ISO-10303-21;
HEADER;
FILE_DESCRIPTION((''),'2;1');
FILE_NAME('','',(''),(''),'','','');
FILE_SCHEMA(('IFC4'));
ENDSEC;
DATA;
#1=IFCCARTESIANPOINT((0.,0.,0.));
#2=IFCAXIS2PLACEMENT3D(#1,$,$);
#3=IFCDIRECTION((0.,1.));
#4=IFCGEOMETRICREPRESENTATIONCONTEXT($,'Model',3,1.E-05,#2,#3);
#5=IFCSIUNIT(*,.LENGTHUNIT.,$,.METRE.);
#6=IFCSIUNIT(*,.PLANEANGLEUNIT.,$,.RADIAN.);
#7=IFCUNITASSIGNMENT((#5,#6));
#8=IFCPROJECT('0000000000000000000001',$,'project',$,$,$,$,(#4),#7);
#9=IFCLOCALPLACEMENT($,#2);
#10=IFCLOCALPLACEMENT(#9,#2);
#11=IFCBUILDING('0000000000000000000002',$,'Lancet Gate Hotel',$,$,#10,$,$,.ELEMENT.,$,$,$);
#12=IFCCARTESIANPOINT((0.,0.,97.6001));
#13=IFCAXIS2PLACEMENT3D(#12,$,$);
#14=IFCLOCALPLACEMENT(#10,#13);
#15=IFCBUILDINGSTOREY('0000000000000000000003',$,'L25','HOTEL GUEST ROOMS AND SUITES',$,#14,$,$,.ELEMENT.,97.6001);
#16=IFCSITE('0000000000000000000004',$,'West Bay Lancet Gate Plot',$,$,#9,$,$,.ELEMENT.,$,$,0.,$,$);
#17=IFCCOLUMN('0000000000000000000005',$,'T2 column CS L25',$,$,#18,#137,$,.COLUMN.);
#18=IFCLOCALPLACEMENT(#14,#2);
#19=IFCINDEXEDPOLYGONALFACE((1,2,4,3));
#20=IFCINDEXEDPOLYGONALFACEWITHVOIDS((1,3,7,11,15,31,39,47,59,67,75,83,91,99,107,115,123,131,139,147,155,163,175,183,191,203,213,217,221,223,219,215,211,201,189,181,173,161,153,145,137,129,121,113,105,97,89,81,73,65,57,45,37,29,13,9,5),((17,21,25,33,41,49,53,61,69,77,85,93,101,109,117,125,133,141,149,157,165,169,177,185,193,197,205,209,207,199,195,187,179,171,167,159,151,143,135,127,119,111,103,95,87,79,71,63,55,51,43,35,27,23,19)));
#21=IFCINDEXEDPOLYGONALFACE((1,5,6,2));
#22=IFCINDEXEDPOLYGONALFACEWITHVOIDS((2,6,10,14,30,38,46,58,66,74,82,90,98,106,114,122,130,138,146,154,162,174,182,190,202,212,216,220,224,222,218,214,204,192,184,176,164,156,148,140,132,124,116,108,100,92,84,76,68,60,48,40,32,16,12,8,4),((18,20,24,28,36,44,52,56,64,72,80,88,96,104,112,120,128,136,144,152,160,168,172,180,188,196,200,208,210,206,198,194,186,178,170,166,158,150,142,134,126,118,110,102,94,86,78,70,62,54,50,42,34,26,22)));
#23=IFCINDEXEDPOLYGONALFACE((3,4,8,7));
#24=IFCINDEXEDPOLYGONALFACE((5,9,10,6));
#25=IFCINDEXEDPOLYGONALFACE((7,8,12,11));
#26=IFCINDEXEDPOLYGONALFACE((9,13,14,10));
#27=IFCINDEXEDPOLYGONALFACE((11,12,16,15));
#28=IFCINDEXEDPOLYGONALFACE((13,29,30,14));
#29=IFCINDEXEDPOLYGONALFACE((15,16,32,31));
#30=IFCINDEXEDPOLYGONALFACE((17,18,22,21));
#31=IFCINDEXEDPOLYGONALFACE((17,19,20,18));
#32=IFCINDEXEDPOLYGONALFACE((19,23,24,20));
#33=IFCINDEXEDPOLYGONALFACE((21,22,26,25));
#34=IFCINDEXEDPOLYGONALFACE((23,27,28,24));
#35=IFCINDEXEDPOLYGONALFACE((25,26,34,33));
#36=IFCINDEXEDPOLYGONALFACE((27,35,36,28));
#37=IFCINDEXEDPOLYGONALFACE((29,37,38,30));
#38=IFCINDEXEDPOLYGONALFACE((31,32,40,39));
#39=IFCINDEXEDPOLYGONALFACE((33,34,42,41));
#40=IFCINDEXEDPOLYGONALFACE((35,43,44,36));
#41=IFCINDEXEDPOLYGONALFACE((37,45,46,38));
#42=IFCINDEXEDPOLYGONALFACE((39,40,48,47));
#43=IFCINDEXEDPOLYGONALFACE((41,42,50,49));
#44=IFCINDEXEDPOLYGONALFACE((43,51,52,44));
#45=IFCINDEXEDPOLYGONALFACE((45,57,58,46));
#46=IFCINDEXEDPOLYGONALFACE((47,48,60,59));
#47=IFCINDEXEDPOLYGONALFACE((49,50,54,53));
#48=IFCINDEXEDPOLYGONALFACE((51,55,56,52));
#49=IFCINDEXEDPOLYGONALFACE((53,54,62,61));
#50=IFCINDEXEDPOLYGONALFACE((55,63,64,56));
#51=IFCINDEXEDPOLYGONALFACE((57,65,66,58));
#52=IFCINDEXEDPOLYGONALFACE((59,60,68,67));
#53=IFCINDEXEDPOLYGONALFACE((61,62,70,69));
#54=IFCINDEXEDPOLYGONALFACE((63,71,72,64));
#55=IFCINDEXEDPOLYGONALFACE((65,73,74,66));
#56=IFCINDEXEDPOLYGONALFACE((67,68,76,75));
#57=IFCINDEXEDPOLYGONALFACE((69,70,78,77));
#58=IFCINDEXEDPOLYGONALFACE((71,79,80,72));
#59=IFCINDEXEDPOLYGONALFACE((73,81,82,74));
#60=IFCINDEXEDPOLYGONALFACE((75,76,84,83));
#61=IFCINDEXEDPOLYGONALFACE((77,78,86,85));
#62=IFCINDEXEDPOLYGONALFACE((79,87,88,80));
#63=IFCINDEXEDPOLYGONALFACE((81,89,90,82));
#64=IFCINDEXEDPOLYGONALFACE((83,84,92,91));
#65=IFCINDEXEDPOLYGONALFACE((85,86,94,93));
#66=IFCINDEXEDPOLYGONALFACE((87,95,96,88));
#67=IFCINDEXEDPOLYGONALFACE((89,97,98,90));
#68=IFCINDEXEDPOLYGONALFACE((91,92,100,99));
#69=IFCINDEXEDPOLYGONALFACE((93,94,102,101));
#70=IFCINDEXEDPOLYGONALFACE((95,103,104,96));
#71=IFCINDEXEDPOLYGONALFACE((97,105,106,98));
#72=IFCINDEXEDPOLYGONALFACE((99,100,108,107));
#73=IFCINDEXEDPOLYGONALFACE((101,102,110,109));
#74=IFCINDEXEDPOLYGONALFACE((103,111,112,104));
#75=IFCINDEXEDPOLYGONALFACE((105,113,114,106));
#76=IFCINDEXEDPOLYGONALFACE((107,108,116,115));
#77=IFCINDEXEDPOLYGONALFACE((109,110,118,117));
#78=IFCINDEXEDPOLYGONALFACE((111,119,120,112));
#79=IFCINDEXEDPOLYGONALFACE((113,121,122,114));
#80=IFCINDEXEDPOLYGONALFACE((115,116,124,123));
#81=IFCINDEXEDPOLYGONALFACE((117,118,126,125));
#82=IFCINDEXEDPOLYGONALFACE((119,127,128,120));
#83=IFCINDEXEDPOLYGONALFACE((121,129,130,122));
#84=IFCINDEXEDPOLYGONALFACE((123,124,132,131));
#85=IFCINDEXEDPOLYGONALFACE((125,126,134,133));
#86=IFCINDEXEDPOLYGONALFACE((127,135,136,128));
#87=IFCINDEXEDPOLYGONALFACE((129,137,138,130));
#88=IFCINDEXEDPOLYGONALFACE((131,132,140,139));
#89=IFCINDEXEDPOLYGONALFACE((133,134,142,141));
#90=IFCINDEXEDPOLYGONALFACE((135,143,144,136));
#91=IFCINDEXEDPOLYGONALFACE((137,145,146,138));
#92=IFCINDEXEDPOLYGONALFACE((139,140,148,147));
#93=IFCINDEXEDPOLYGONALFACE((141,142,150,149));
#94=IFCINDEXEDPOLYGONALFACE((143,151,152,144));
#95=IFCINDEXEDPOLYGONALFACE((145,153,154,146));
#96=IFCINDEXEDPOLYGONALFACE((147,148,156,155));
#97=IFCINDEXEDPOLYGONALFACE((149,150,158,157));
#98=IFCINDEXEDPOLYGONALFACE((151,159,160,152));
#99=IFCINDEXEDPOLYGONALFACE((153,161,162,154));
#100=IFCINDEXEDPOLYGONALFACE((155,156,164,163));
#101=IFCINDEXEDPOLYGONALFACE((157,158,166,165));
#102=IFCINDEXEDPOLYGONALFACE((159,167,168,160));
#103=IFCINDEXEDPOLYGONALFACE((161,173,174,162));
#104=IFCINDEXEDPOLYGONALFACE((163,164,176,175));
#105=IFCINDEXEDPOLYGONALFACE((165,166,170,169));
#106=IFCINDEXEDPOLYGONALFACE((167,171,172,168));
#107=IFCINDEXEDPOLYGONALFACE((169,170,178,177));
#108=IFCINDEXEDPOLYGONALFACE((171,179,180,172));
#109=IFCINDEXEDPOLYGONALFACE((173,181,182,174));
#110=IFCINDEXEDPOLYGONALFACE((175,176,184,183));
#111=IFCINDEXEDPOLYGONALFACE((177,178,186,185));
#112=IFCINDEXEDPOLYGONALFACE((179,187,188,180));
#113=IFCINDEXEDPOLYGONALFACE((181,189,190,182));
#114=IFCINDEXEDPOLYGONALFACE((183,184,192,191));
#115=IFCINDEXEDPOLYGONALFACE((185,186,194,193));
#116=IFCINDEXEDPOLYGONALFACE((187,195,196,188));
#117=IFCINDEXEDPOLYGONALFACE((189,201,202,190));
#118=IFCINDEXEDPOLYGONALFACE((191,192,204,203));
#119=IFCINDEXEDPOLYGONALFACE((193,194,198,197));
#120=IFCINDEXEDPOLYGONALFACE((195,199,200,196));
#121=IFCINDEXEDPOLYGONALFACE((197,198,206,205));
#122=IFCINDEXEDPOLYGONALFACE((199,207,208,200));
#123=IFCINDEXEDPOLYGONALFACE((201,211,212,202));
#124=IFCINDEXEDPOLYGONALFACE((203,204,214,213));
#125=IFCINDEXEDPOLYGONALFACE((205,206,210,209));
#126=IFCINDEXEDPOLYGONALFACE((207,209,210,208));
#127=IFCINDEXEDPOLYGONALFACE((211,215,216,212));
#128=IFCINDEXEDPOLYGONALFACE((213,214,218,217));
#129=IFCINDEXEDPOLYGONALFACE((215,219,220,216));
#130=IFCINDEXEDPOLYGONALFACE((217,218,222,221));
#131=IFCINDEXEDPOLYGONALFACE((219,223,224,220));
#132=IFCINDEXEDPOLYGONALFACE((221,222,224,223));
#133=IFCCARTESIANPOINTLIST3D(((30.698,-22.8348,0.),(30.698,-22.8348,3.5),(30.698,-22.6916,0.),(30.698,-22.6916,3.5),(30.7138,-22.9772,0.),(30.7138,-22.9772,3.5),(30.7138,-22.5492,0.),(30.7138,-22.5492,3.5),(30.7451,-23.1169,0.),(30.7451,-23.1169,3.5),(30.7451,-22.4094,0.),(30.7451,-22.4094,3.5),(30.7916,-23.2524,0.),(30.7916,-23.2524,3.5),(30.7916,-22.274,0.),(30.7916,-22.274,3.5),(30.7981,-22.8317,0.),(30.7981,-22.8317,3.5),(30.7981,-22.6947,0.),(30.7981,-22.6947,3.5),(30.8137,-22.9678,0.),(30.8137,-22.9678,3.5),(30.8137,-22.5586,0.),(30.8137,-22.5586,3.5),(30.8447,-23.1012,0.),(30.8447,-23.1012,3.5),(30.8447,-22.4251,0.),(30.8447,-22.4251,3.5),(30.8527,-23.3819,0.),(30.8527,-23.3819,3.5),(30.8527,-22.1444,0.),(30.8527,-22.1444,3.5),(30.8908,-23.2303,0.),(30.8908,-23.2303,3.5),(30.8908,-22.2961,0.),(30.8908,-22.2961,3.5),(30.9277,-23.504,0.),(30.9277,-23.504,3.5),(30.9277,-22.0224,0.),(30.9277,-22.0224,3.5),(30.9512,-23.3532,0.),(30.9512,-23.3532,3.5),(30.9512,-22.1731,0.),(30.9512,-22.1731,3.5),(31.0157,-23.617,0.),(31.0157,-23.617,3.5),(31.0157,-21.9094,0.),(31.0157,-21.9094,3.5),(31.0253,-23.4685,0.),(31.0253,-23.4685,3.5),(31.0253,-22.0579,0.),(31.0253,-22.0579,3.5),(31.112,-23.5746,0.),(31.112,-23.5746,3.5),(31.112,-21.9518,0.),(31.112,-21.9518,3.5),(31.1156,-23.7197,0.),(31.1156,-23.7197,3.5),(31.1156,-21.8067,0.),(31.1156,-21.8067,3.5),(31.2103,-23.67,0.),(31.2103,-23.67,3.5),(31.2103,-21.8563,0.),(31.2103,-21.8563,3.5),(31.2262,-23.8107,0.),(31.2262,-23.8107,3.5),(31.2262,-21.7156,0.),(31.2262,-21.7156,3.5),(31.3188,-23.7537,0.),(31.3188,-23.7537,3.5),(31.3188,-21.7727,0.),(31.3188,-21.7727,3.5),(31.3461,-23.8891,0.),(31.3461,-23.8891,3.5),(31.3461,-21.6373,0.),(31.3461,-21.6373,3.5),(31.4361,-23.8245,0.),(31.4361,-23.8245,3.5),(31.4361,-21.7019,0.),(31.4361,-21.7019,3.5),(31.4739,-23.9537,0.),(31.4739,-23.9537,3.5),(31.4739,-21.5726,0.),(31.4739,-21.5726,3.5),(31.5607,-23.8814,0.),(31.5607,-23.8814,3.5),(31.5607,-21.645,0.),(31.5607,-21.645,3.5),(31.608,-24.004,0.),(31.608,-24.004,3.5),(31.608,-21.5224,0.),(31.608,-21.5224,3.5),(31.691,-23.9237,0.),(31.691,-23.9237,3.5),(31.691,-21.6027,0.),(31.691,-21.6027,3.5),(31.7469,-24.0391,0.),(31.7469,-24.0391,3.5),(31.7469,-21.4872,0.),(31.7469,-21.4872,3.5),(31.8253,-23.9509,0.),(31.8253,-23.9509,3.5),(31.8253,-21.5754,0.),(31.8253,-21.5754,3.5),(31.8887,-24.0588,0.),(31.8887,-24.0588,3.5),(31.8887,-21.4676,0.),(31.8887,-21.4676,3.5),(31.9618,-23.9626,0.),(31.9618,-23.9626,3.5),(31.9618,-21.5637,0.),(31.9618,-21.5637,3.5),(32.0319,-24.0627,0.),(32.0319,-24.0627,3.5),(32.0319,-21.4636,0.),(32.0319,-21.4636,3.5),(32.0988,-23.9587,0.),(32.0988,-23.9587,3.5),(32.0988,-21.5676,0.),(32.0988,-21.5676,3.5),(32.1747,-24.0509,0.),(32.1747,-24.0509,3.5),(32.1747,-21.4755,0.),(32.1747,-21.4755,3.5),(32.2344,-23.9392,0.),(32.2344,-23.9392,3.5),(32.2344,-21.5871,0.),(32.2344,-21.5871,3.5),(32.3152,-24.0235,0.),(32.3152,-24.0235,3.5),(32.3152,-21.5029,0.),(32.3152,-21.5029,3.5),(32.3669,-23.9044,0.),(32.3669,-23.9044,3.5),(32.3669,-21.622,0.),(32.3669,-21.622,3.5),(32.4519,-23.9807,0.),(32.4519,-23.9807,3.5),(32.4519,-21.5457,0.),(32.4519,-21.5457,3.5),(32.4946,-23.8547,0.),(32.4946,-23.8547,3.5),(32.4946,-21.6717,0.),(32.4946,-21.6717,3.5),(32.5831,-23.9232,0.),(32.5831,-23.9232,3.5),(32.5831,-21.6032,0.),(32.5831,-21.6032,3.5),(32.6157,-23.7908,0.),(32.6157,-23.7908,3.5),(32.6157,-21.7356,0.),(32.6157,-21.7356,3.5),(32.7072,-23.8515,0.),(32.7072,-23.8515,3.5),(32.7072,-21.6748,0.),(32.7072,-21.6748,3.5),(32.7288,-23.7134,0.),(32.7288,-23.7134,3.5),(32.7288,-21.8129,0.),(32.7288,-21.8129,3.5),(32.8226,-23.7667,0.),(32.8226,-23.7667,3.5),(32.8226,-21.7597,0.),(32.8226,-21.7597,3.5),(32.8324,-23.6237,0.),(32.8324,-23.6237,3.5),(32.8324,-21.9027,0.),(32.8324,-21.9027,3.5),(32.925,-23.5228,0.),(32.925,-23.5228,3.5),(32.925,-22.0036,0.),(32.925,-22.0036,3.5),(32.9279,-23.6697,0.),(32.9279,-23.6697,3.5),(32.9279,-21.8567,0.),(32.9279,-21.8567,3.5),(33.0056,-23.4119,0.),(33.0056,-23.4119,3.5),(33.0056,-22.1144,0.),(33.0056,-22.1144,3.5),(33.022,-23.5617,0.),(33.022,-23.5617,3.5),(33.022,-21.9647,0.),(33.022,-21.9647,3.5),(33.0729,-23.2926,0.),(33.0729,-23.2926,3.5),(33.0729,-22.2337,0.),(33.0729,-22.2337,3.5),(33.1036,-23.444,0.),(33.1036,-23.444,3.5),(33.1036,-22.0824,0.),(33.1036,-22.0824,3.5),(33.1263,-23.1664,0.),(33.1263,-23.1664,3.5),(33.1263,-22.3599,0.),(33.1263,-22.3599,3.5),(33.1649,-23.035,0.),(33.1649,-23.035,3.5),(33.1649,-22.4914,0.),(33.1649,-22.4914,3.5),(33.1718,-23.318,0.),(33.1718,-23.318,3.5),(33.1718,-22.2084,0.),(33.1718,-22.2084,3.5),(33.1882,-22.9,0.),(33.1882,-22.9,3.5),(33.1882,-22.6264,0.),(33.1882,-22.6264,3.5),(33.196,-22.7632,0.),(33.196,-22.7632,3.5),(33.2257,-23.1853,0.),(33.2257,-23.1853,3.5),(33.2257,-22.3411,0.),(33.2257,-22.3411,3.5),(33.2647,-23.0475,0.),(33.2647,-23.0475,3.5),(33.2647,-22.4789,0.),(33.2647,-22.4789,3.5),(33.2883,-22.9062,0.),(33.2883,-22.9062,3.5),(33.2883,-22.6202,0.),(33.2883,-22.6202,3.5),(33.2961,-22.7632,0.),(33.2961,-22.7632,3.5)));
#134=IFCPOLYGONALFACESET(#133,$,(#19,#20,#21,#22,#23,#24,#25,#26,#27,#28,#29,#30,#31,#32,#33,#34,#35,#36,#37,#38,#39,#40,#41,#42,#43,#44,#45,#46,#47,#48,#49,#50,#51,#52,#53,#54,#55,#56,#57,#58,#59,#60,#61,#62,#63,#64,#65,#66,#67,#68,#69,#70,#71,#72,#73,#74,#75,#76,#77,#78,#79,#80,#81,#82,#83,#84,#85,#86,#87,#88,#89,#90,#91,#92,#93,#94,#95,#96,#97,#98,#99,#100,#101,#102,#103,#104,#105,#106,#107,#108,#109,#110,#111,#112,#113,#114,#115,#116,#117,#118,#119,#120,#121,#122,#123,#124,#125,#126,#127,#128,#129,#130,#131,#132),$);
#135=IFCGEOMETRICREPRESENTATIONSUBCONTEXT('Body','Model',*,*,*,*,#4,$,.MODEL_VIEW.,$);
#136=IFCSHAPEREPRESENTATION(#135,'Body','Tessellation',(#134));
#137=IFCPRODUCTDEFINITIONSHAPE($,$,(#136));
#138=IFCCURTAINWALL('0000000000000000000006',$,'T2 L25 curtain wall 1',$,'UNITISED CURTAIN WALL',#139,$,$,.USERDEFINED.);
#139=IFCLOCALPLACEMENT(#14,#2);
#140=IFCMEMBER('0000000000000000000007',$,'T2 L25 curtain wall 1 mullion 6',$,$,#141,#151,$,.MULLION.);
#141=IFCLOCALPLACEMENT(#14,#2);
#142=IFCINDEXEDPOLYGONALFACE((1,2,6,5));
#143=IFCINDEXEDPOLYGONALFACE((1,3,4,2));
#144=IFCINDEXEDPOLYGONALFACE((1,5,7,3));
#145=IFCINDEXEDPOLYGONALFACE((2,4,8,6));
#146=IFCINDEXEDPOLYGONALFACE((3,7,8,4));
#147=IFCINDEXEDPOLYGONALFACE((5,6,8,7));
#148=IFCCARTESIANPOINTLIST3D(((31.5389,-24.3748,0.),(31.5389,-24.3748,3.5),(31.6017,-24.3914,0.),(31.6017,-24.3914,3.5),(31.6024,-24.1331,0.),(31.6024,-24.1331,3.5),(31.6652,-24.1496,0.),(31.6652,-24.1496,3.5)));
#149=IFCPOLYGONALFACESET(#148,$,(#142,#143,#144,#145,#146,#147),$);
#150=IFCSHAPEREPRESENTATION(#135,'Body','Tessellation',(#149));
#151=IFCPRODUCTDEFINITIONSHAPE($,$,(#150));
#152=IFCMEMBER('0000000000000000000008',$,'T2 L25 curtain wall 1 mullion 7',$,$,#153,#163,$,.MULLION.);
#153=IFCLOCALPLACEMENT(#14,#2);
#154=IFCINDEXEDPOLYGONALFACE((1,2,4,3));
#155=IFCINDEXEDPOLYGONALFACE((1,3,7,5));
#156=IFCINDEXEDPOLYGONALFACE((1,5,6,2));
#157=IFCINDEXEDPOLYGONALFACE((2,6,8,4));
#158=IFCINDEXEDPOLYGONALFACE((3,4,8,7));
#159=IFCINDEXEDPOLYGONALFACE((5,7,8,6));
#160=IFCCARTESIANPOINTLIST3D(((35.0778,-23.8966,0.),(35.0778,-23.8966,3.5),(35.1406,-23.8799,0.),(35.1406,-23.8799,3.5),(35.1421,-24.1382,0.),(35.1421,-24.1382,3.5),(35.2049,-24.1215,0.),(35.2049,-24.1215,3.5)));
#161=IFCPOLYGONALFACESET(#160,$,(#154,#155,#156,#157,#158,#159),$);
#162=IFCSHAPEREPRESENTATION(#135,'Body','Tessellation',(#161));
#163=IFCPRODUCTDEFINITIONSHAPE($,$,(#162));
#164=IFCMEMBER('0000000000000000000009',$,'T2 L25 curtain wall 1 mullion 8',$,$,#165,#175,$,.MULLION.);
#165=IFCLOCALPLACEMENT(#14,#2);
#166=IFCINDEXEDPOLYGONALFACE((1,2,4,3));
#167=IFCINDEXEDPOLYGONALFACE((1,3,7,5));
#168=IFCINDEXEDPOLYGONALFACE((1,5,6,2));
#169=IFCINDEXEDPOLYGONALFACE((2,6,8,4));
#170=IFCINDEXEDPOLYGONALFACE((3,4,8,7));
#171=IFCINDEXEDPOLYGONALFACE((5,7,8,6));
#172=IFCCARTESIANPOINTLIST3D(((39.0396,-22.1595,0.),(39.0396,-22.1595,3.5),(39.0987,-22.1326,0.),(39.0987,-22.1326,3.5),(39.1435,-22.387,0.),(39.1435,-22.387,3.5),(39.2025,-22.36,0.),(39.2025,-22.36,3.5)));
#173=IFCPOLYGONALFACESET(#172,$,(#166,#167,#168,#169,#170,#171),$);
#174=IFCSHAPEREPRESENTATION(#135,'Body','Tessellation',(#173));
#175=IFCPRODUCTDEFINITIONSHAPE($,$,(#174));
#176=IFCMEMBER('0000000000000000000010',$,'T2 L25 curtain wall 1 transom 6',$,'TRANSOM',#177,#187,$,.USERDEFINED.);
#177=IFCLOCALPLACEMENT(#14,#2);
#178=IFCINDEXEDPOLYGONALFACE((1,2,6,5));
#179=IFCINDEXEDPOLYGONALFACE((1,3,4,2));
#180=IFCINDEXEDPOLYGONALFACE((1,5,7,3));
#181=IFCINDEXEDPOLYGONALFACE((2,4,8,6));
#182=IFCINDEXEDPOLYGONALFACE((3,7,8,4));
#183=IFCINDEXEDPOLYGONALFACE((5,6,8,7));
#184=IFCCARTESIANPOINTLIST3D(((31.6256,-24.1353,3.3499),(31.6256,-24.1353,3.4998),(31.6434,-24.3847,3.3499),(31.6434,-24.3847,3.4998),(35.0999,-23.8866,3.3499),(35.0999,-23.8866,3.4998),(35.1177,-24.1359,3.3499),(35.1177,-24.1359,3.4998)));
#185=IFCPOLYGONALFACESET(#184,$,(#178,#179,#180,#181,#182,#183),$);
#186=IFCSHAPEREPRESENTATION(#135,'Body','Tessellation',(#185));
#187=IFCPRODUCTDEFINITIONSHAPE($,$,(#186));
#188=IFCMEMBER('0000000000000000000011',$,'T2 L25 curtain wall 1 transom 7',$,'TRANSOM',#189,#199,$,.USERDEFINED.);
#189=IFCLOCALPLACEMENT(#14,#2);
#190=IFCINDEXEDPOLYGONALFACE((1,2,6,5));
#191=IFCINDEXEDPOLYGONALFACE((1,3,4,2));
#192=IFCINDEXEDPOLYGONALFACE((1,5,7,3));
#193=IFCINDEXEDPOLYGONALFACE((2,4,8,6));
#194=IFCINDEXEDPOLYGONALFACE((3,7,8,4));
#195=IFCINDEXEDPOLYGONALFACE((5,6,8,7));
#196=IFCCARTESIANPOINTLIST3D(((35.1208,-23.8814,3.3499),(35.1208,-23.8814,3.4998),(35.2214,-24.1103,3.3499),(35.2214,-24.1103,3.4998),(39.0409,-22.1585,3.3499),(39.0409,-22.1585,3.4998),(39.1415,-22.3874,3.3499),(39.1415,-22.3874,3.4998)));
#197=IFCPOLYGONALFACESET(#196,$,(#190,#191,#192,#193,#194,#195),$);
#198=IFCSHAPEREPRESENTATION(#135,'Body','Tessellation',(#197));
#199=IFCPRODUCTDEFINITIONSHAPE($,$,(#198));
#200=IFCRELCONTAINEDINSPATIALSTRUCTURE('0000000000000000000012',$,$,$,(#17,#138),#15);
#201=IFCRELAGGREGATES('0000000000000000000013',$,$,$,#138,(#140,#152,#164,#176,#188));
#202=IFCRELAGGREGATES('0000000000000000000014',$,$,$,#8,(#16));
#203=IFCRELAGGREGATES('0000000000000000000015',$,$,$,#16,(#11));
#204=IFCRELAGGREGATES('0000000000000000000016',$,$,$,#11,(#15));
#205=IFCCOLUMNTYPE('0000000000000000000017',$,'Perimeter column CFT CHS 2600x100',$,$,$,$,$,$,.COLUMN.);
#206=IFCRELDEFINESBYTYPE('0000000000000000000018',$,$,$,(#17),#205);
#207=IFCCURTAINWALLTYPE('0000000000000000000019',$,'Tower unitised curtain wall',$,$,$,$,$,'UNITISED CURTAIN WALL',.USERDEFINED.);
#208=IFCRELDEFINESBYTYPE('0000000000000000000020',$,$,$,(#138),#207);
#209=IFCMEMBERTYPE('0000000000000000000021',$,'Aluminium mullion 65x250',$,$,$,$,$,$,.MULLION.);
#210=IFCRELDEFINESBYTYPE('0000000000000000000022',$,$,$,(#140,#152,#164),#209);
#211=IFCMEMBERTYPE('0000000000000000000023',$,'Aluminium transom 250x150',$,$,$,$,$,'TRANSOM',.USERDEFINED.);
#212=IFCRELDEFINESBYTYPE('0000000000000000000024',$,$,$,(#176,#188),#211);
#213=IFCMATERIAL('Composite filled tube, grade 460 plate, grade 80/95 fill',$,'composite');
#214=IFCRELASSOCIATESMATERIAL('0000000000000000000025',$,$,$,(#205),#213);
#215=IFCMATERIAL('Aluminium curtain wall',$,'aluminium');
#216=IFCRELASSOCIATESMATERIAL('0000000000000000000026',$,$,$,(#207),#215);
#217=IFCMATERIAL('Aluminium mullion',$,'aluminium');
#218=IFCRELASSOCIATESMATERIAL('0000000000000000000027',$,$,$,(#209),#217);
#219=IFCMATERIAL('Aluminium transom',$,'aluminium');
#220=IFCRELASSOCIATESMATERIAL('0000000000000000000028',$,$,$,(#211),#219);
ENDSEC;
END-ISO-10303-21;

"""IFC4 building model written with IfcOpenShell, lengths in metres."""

from ifc_helpers import new_model, si_unit, direction, frame, origin, origin_2d, place, context, subcontext, project, spatial, rectangle, hollow_circle, extrude, material, material_profile, profile_set, type_object, element, aggregate, save


model = new_model("IFC4")

# Units and contexts
model_context = context("Model", 3, precision=1e-05, world=origin(), true_north=direction((0.0, 1.0)))
body_context = subcontext(model_context, "Body", "Model", "MODEL_VIEW")
ifc_project = project(units=[si_unit("LENGTHUNIT", "METRE"), si_unit("PLANEANGLEUNIT", "RADIAN")], contexts=[model_context])

# Site, building, storey
site_placement = place(None, origin())
site = spatial("IfcSite", under=ifc_project, at=site_placement, Name="West Bay Lancet Gate Plot", CompositionType="ELEMENT", RefElevation=0.0)
building_placement = place(site_placement, origin())
building = spatial("IfcBuilding", under=site, at=building_placement, Name="Lancet Gate Hotel", CompositionType="ELEMENT")
storey_placement = place(building_placement, frame((0.0, 0.0, 97.6001)))
storey = spatial("IfcBuildingStorey", under=building, at=storey_placement, Name="L25", Description="HOTEL GUEST ROOMS AND SUITES", CompositionType="ELEMENT", Elevation=97.6001)

# Column
ifc_material_1 = material(Name="Composite filled tube, grade 460 plate, grade 80/95 fill", Category="composite")
ifc_material_profile_1 = material_profile(ifc_material_1, hollow_circle(Radius=1.3, WallThickness=0.1001, at=origin_2d()), Name="CHS 2600x100")
ifc_profile_set_1 = profile_set([ifc_material_profile_1], Name="Composite filled tube, grade 460 plate, grade 80/95 fill")
column_type = type_object("IfcColumnType", Name="Perimeter column CFT CHS 2600x100", PredefinedType="COLUMN", material=ifc_profile_set_1)
column_placement = place(storey_placement, frame((31.9961, -22.7632, 0.0), z_axis=(0.0, 0.0, 1.0), x_axis=(1.0, 0.0, 0.0)))
element("IfcColumn", 1, at=column_placement, inside=storey, type_object=column_type, Name="T2 column CS L25", PredefinedType="COLUMN", context=body_context, shape_type="SweptSolid", body=[
    extrude(hollow_circle(Radius=1.3, WallThickness=0.1001, at=origin_2d()), origin(), (0.0, 0.0, 1.0), 3.5),
])

# Curtain wall, members
ifc_material_2 = material(Name="Aluminium curtain wall", Category="aluminium")
curtain_wall_type = type_object("IfcCurtainWallType", Name="Tower unitised curtain wall", ElementType="UNITISED CURTAIN WALL", PredefinedType="USERDEFINED", material=ifc_material_2)
curtain_wall_placement = place(storey_placement, origin())
curtain_wall = element("IfcCurtainWall", 2, at=curtain_wall_placement, inside=storey, type_object=curtain_wall_type, Name="T2 L25 curtain wall 1", ObjectType="UNITISED CURTAIN WALL", PredefinedType="USERDEFINED")
ifc_material_3 = material(Name="Aluminium mullion", Category="aluminium")
ifc_material_profile_2 = material_profile(ifc_material_3, rectangle(XDim=0.0649, YDim=0.25, at=origin_2d()), Name="MULLION 65x250")
ifc_profile_set_2 = profile_set([ifc_material_profile_2], Name="Aluminium mullion")
member_type_1 = type_object("IfcMemberType", Name="Aluminium mullion 65x250", PredefinedType="MULLION", material=ifc_profile_set_2)
member_1_placement = place(storey_placement, frame((31.6021, -24.2622, 0.0), z_axis=(0.0, 0.0, 1.0), x_axis=(0.967157, -0.254179, 0.0)))
member_1 = element("IfcMember", 3, at=member_1_placement, type_object=member_type_1, Name="T2 L25 curtain wall 1 mullion 6", PredefinedType="MULLION", context=body_context, shape_type="SweptSolid", body=[
    extrude(rectangle(XDim=0.0649, YDim=0.25, at=origin_2d()), origin(), (0.0, 0.0, 1.0), 3.5),
])
member_2_placement = place(storey_placement, frame((35.1414, -24.009, 0.0), z_axis=(0.0, 0.0, 1.0), x_axis=(0.966317, 0.257353, 0.0)))
member_2 = element("IfcMember", 4, at=member_2_placement, type_object=member_type_1, Name="T2 L25 curtain wall 1 mullion 7", PredefinedType="MULLION", context=body_context, shape_type="SweptSolid", body=[
    extrude(rectangle(XDim=0.0649, YDim=0.25, at=origin_2d()), origin(), (0.0, 0.0, 1.0), 3.5),
])
member_3_placement = place(storey_placement, frame((39.1211, -22.2598, 0.0), z_axis=(0.0, 0.0, 1.0), x_axis=(0.909673, 0.415326, 0.0)))
member_3 = element("IfcMember", 5, at=member_3_placement, type_object=member_type_1, Name="T2 L25 curtain wall 1 mullion 8", PredefinedType="MULLION", context=body_context, shape_type="SweptSolid", body=[
    extrude(rectangle(XDim=0.0649, YDim=0.25, at=origin_2d()), origin(), (0.0, 0.0, 1.0), 3.5),
])
ifc_material_4 = material(Name="Aluminium transom", Category="aluminium")
ifc_material_profile_3 = material_profile(ifc_material_4, rectangle(XDim=0.25, YDim=0.1499, at=origin_2d()), Name="TRANSOM 250x150")
ifc_profile_set_3 = profile_set([ifc_material_profile_3], Name="Aluminium transom")
member_type_2 = type_object("IfcMemberType", Name="Aluminium transom 250x150", ElementType="TRANSOM", PredefinedType="USERDEFINED", material=ifc_profile_set_3)
member_4_placement = place(storey_placement, frame((31.6345, -24.26, 3.4248), z_axis=(0.997446, 0.071421, 0.0), x_axis=(-0.071421, 0.997446, 0.0)))
member_4 = element("IfcMember", 6, at=member_4_placement, type_object=member_type_2, Name="T2 L25 curtain wall 1 transom 6", ObjectType="TRANSOM", PredefinedType="USERDEFINED", context=body_context, shape_type="SweptSolid", body=[
    extrude(rectangle(XDim=0.25, YDim=0.1499, at=origin_2d()), origin(), (0.0, 0.0, 1.0), 3.4832),
])
member_5_placement = place(storey_placement, frame((35.1711, -23.9958, 3.4248), z_axis=(0.915485, 0.402353, 0.0), x_axis=(-0.402353, 0.915485, 0.0)))
member_5 = element("IfcMember", 7, at=member_5_placement, type_object=member_type_2, Name="T2 L25 curtain wall 1 transom 7", ObjectType="TRANSOM", PredefinedType="USERDEFINED", context=body_context, shape_type="SweptSolid", body=[
    extrude(rectangle(XDim=0.25, YDim=0.1499, at=origin_2d()), origin(), (0.0, 0.0, 1.0), 4.282),
])

aggregate(curtain_wall, [member_1, member_2, member_3, member_4, member_5])

save(model, "model.ifc")
